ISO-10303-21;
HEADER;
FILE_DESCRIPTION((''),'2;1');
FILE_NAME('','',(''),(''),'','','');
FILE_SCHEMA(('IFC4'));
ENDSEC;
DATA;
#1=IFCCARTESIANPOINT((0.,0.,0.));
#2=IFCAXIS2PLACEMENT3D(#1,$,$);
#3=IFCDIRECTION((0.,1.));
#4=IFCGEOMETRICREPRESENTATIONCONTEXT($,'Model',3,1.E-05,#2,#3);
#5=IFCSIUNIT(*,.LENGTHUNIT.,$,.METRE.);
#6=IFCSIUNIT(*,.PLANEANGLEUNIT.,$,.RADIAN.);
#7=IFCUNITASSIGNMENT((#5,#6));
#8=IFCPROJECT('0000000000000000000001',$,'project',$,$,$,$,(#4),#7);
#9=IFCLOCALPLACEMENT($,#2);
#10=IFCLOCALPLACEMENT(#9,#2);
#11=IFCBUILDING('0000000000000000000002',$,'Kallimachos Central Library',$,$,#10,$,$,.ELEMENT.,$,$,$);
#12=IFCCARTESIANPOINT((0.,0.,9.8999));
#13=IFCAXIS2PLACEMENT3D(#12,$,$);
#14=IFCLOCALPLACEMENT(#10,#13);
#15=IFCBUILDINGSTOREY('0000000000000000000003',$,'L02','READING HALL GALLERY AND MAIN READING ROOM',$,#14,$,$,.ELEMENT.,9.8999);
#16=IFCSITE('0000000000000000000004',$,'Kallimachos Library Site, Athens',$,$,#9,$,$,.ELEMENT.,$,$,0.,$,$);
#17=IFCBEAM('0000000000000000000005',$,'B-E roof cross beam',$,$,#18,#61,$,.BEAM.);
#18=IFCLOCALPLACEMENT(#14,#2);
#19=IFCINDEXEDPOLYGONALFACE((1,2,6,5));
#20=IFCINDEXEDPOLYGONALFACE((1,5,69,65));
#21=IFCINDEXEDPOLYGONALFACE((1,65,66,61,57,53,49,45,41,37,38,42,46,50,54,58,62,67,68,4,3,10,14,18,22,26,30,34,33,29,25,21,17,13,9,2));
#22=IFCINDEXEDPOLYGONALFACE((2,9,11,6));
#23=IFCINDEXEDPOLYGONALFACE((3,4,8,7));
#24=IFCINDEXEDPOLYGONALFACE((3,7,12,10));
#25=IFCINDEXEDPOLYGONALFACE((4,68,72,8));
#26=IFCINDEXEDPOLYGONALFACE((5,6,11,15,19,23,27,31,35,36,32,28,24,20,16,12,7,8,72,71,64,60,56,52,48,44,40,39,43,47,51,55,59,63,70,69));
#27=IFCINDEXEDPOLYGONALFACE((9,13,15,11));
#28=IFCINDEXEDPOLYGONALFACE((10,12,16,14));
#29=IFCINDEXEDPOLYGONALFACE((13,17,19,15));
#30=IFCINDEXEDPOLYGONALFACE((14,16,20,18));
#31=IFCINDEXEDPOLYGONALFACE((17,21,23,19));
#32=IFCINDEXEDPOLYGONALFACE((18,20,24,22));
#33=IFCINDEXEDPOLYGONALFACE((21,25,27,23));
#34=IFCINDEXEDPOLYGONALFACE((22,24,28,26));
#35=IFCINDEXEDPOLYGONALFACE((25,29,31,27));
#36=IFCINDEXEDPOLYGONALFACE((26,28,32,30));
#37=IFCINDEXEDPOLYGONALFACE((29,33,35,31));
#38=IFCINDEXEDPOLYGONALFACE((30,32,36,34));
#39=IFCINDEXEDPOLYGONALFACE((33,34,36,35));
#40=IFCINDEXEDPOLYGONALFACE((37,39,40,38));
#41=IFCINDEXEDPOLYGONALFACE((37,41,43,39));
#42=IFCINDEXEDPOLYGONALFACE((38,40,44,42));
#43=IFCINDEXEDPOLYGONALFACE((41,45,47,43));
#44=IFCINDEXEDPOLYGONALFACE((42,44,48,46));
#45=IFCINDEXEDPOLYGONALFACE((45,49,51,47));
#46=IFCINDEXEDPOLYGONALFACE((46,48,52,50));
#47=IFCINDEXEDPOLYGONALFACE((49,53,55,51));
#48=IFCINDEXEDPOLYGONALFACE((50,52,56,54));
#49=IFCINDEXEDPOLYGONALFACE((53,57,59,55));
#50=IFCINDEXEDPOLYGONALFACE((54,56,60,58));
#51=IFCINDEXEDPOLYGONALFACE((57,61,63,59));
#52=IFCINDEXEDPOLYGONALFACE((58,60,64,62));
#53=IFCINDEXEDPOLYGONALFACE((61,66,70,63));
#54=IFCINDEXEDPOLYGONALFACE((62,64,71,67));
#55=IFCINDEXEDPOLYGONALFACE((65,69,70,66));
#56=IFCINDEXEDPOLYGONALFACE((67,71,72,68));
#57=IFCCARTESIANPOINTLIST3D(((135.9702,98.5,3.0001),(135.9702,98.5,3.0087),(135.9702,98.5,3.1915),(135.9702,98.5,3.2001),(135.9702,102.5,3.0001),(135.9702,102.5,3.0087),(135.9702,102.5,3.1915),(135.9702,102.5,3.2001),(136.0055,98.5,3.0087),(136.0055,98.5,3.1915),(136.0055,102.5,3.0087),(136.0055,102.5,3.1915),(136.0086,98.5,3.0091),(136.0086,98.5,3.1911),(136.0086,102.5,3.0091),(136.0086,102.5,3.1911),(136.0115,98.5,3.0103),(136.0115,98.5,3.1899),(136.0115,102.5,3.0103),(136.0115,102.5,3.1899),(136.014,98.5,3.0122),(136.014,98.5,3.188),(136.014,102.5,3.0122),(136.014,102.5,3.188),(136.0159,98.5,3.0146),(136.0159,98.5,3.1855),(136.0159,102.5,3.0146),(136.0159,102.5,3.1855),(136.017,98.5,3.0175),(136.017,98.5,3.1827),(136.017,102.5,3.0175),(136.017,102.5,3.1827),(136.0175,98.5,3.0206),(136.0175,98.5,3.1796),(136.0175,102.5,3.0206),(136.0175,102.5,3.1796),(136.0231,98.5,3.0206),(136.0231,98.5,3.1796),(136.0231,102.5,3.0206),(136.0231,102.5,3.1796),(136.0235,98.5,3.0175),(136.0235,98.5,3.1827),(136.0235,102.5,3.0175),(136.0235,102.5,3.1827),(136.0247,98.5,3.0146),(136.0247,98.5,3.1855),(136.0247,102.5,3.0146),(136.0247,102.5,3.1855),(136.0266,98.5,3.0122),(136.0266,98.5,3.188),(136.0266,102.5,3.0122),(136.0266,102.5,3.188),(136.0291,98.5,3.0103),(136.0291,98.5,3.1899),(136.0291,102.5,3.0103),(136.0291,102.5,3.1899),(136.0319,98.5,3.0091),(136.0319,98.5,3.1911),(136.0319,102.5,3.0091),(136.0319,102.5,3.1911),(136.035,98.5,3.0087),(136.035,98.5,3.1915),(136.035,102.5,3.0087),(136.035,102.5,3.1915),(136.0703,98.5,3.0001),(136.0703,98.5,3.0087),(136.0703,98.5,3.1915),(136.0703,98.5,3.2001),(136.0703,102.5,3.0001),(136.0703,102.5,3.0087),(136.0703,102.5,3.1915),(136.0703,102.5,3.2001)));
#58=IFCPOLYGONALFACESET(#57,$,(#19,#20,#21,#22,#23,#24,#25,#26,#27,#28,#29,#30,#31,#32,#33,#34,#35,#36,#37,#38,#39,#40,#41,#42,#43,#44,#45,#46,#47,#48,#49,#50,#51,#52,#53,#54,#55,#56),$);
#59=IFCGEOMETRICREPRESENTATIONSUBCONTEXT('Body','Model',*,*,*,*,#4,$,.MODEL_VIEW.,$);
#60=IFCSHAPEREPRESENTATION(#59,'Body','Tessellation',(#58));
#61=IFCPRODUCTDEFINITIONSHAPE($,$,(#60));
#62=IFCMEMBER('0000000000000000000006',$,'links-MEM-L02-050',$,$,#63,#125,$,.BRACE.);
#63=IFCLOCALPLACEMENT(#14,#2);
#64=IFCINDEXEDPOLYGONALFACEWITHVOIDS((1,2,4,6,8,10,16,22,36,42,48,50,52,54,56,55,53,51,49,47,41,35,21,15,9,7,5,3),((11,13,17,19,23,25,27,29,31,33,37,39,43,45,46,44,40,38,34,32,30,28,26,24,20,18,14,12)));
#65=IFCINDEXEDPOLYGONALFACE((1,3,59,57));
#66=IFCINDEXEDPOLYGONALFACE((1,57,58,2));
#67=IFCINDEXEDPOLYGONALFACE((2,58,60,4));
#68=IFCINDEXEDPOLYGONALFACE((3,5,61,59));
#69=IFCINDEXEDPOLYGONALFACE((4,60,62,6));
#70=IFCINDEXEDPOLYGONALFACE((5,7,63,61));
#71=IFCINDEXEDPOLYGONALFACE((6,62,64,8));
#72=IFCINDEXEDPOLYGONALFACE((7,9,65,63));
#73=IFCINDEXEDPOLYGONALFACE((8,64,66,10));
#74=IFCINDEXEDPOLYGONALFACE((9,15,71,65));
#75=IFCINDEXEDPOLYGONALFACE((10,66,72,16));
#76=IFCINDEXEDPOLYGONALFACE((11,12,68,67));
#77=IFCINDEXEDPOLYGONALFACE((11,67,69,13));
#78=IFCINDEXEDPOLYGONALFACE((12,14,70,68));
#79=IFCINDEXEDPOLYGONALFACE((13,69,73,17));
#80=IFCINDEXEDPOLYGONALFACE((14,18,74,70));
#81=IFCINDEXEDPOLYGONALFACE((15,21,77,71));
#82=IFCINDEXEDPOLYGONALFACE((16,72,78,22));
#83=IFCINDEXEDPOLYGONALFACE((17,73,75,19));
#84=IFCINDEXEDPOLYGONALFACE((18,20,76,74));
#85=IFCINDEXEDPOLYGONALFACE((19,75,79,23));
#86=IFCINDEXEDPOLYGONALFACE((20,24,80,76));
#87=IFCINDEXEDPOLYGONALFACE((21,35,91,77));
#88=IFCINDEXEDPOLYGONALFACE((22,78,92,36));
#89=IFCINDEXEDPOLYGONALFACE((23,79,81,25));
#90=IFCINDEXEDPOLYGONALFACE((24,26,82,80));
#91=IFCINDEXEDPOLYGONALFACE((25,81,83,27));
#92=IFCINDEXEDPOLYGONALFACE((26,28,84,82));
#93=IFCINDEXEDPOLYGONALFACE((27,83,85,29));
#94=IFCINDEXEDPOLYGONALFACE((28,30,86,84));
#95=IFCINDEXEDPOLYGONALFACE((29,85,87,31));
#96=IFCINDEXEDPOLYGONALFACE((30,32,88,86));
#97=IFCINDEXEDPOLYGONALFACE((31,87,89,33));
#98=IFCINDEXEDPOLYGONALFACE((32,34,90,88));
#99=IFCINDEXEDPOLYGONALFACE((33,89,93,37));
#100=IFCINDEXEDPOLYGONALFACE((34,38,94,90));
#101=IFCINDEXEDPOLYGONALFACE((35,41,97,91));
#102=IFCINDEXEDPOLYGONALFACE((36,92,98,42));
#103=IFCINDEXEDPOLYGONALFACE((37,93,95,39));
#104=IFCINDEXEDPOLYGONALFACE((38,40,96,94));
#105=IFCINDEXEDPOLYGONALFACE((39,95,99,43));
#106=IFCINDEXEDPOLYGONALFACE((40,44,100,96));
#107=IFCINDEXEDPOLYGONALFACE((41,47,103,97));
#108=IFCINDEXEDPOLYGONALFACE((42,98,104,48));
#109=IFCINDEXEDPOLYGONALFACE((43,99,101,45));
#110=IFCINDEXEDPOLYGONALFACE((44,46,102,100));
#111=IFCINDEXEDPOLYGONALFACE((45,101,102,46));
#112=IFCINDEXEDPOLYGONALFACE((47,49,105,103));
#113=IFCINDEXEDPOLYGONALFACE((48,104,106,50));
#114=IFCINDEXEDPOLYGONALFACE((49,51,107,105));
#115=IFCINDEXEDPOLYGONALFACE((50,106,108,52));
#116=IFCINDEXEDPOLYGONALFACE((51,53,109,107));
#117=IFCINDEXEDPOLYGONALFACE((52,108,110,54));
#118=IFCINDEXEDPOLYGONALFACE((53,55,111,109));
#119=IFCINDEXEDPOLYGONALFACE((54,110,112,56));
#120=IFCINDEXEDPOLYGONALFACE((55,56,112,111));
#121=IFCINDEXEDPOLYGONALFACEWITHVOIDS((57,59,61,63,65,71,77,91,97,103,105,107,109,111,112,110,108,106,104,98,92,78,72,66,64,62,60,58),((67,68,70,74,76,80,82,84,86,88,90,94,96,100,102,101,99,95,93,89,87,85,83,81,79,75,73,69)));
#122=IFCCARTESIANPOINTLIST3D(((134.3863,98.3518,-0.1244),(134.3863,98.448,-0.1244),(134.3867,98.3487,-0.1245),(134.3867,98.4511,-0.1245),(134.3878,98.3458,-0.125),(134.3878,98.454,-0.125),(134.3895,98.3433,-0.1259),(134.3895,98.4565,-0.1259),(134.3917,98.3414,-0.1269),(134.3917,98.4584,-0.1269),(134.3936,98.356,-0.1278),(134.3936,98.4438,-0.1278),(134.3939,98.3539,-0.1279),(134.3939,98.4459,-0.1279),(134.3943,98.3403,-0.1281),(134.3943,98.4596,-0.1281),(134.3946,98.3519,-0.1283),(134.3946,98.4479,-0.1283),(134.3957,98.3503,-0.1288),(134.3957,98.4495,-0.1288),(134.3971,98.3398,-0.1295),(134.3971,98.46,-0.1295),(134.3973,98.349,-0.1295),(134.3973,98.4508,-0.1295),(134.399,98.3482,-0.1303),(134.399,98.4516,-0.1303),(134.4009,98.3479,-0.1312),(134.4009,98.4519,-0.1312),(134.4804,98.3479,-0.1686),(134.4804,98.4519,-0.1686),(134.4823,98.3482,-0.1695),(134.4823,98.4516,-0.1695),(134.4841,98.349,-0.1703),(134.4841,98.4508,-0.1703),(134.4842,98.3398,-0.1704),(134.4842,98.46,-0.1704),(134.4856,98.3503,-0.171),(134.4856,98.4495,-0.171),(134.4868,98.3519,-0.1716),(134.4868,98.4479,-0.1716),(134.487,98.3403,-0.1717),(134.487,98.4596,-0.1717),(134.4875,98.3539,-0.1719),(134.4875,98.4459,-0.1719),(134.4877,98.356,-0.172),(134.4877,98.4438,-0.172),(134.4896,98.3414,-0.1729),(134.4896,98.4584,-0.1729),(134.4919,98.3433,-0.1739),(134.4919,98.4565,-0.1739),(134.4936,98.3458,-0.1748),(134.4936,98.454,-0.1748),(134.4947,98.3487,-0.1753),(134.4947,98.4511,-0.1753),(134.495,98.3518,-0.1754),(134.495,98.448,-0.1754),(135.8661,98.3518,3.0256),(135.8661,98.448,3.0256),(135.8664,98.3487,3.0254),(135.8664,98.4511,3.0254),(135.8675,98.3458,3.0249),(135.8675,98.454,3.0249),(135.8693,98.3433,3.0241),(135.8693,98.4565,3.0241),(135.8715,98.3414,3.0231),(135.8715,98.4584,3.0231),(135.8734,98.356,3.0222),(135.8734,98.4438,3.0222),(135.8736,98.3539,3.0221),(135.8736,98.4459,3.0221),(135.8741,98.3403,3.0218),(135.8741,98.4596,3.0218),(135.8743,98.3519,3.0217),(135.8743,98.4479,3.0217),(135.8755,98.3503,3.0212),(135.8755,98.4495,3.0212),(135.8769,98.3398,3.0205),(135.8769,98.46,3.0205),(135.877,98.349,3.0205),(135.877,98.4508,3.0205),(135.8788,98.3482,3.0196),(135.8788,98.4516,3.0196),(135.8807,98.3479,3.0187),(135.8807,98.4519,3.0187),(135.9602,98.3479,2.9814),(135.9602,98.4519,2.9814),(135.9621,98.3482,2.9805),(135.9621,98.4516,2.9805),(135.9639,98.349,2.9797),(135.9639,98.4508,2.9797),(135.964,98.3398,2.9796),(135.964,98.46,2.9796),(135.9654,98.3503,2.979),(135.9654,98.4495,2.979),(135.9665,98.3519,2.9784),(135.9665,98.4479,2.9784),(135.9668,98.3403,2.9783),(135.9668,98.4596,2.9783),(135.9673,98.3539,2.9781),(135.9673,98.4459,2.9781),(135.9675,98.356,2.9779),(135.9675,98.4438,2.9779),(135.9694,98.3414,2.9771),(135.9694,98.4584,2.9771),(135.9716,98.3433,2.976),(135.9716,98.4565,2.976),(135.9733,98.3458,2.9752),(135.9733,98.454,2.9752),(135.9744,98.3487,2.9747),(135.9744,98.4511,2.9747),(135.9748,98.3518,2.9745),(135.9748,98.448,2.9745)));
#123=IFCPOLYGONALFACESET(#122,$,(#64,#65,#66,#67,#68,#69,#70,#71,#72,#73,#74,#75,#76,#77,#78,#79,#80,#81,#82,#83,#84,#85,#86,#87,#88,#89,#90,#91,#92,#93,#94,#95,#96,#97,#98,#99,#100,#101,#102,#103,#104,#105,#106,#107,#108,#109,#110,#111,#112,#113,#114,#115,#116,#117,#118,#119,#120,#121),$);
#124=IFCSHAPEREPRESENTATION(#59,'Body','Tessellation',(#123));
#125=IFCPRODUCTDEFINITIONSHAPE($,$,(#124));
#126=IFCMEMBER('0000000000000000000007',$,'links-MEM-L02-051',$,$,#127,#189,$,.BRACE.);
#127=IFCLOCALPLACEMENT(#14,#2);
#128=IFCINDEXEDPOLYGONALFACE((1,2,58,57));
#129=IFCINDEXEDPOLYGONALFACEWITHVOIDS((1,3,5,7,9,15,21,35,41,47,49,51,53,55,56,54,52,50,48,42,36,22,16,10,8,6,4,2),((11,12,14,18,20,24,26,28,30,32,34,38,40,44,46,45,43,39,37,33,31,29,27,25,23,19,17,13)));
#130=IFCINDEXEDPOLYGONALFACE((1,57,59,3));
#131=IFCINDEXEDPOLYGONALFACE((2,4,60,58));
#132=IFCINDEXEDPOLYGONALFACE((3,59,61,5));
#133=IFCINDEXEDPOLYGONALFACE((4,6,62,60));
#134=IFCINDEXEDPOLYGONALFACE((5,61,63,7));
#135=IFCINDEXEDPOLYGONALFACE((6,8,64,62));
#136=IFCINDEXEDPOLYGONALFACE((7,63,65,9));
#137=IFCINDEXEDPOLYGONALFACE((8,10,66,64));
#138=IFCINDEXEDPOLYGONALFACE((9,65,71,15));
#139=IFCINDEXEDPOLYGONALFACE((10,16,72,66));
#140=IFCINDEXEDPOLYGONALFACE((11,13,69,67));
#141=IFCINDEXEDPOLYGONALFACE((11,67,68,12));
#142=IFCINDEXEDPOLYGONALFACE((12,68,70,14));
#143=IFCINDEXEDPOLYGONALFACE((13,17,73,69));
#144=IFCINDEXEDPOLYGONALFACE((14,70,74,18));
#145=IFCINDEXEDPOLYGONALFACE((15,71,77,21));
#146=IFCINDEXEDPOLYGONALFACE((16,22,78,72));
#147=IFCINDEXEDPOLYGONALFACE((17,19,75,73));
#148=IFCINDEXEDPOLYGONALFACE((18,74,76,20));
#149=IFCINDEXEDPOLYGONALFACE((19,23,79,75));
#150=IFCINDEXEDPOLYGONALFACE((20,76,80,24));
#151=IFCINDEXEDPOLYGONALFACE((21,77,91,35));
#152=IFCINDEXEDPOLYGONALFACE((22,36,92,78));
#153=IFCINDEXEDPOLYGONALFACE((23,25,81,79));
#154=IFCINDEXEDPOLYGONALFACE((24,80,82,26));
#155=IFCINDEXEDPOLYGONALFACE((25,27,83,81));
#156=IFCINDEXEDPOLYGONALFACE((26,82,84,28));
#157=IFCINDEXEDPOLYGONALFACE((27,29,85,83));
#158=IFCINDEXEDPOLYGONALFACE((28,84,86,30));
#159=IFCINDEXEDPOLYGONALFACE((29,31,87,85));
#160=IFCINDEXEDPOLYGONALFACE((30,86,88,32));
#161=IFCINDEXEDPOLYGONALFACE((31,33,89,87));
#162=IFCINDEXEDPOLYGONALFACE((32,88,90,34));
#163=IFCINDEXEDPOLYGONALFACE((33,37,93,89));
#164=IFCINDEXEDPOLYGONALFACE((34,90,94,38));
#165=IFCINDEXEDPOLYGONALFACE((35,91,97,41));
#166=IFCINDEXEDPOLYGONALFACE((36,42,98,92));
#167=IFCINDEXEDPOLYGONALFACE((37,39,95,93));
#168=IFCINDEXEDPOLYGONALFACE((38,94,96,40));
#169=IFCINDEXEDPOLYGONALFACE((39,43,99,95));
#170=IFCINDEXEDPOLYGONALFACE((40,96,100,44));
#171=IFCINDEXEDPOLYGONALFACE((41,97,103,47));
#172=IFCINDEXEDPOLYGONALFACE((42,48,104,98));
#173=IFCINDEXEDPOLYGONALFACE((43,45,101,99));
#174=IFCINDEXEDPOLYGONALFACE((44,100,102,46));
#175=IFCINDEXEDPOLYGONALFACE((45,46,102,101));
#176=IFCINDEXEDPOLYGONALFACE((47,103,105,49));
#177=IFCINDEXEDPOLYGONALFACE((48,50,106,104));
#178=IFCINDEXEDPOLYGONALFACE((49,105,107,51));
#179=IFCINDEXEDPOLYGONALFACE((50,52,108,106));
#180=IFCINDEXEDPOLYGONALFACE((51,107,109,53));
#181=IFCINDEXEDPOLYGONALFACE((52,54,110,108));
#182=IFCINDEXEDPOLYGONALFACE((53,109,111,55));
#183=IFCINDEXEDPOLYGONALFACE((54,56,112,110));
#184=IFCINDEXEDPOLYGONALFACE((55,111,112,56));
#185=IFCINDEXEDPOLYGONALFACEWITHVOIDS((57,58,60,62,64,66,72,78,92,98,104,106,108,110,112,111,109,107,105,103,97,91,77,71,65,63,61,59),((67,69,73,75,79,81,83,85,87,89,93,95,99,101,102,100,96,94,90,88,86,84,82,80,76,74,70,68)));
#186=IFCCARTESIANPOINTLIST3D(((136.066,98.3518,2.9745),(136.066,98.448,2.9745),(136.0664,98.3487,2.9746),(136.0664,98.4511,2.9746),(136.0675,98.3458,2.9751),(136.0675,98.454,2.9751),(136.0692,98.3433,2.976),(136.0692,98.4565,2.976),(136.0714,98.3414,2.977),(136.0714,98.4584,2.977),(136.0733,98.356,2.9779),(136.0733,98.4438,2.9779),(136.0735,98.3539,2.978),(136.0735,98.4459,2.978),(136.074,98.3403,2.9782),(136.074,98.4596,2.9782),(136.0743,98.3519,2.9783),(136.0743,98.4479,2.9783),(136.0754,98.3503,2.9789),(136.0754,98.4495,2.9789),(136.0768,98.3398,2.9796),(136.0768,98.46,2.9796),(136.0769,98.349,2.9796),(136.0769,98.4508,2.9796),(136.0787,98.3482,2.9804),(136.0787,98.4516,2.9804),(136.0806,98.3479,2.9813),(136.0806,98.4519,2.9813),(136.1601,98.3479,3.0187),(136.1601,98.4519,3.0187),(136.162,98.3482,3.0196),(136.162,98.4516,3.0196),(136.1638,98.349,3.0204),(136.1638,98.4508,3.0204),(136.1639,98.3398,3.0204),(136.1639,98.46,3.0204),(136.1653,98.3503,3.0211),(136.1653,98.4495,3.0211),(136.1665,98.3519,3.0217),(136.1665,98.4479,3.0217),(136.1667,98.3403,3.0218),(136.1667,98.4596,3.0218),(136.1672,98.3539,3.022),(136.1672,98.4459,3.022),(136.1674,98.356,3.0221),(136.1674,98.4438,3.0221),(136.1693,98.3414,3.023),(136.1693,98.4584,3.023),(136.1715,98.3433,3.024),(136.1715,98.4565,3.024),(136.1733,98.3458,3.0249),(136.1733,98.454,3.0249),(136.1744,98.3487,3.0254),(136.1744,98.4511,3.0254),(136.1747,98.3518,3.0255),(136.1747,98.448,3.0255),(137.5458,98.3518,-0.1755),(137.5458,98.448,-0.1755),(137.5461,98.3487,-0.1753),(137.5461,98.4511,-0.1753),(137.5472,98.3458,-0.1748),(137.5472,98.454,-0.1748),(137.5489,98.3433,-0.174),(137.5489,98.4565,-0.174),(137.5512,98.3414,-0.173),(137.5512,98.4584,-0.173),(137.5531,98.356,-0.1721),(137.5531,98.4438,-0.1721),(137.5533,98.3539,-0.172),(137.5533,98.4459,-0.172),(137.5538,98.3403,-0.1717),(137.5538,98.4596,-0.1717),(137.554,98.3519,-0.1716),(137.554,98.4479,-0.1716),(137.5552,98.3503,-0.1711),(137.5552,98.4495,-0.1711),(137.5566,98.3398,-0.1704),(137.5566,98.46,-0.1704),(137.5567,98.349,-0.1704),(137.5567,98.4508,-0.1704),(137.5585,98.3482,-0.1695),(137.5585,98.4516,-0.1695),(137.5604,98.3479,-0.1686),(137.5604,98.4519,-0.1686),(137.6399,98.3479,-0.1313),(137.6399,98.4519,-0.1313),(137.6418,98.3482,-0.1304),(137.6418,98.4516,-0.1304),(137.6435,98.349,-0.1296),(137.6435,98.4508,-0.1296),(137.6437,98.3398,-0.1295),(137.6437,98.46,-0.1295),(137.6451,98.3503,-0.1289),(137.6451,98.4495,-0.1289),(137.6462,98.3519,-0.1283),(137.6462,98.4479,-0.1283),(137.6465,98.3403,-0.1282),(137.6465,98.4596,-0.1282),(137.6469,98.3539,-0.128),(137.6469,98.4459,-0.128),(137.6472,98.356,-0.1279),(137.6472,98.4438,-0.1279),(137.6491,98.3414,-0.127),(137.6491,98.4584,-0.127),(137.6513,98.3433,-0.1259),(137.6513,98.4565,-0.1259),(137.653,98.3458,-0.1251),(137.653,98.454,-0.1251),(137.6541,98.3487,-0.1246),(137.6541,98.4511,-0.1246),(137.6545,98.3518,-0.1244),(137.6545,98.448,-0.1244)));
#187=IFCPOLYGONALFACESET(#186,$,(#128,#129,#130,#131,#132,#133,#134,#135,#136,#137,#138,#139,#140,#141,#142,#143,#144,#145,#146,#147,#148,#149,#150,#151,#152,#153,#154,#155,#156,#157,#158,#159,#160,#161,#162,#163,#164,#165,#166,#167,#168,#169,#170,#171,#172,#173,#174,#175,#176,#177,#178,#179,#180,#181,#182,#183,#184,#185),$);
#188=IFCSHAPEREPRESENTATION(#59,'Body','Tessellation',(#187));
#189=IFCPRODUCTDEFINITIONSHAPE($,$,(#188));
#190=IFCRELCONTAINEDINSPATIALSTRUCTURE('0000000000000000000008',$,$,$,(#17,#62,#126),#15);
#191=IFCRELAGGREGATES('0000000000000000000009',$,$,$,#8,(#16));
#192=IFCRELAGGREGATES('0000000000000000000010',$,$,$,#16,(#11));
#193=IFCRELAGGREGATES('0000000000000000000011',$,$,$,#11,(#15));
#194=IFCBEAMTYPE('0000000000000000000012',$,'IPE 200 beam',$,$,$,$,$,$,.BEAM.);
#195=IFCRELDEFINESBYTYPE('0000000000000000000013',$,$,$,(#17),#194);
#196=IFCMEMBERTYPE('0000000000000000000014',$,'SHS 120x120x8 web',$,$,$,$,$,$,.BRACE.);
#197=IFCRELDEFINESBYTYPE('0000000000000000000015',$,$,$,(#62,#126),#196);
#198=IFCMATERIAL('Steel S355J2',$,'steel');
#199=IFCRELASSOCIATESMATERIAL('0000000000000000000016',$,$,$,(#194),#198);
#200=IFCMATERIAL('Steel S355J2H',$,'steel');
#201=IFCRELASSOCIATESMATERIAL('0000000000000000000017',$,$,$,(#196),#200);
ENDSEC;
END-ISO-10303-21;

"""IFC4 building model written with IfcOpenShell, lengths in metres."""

from ifc_helpers import new_model, si_unit, direction, frame, origin, origin_2d, place, context, subcontext, project, spatial, hollow_rectangle, i_section, extrude, material, material_profile, profile_set, type_object, element, save


model = new_model("IFC4")

# Units and contexts
model_context = context("Model", 3, precision=1e-05, world=origin(), true_north=direction((0.0, 1.0)))
body_context = subcontext(model_context, "Body", "Model", "MODEL_VIEW")
ifc_project = project(units=[si_unit("LENGTHUNIT", "METRE"), si_unit("PLANEANGLEUNIT", "RADIAN")], contexts=[model_context])

# Site, building, storey
site_placement = place(None, origin())
site = spatial("IfcSite", under=ifc_project, at=site_placement, Name="Kallimachos Library Site, Athens", CompositionType="ELEMENT", RefElevation=0.0)
building_placement = place(site_placement, origin())
building = spatial("IfcBuilding", under=site, at=building_placement, Name="Kallimachos Central Library", CompositionType="ELEMENT")
storey_placement = place(building_placement, frame((0.0, 0.0, 9.8999)))
storey = spatial("IfcBuildingStorey", under=building, at=storey_placement, Name="L02", Description="READING HALL GALLERY AND MAIN READING ROOM", CompositionType="ELEMENT", Elevation=9.8999)

# Beam
ifc_material_1 = material(Name="Steel S355J2", Category="steel")
ifc_material_profile_1 = material_profile(ifc_material_1, i_section(OverallWidth=0.1001, OverallDepth=0.2, WebThickness=0.0056, FlangeThickness=0.0085, FilletRadius=0.012, at=origin_2d()), Name="IPE 200")
ifc_profile_set_1 = profile_set([ifc_material_profile_1], Name="Steel S355J2")
beam_type = type_object("IfcBeamType", Name="IPE 200 beam", PredefinedType="BEAM", material=ifc_profile_set_1)
beam_placement = place(storey_placement, frame((136.0203, 98.5, 3.1001), z_axis=(0.0, 1.0, 0.0), x_axis=(-1.0, 0.0, 0.0)))
element("IfcBeam", 1, at=beam_placement, inside=storey, type_object=beam_type, Name="B-E roof cross beam", PredefinedType="BEAM", context=body_context, shape_type="SweptSolid", body=[
    extrude(i_section(OverallWidth=0.1001, OverallDepth=0.2, WebThickness=0.0056, FlangeThickness=0.0085, FilletRadius=0.012, at=origin_2d()), origin(), (0.0, 0.0, 1.0), 4.0),
])

# Members
ifc_material_2 = material(Name="Steel S355J2H", Category="steel")
ifc_material_profile_2 = material_profile(ifc_material_2, hollow_rectangle(XDim=0.1201, YDim=0.1201, WallThickness=0.0081, InnerFilletRadius=0.0081, OuterFilletRadius=0.012, at=origin_2d()), Name="SHS 120x120x8")
ifc_profile_set_2 = profile_set([ifc_material_profile_2], Name="Steel S355J2H")
member_type_1 = type_object("IfcMemberType", Name="SHS 120x120x8 web", PredefinedType="BRACE", material=ifc_profile_set_2)
for number, where, z_axis, x_axis, name in (
    (2, (134.4407, 98.3999, -0.1499), (0.425192, 0.0, 0.905103), (0.0, 1.0, 0.0), "links-MEM-L02-050"),
    (3, (136.1204, 98.3999, 3.0), (0.425192, 0.0, -0.905103), (0.0, 1.0, 0.0), "links-MEM-L02-051"),
):
    element("IfcMember", number, at=place(storey_placement, frame(where, z_axis=z_axis, x_axis=x_axis)), inside=storey, type_object=member_type_1, Name=name, PredefinedType="BRACE", context=body_context, shape_type="SweptSolid", body=[
        extrude(hollow_rectangle(XDim=0.1201, YDim=0.1201, WallThickness=0.0081, InnerFilletRadius=0.0081, OuterFilletRadius=0.012, at=origin_2d()), origin(), (0.0, 0.0, 1.0), 3.4802),
    ])

save(model, "model.ifc")
